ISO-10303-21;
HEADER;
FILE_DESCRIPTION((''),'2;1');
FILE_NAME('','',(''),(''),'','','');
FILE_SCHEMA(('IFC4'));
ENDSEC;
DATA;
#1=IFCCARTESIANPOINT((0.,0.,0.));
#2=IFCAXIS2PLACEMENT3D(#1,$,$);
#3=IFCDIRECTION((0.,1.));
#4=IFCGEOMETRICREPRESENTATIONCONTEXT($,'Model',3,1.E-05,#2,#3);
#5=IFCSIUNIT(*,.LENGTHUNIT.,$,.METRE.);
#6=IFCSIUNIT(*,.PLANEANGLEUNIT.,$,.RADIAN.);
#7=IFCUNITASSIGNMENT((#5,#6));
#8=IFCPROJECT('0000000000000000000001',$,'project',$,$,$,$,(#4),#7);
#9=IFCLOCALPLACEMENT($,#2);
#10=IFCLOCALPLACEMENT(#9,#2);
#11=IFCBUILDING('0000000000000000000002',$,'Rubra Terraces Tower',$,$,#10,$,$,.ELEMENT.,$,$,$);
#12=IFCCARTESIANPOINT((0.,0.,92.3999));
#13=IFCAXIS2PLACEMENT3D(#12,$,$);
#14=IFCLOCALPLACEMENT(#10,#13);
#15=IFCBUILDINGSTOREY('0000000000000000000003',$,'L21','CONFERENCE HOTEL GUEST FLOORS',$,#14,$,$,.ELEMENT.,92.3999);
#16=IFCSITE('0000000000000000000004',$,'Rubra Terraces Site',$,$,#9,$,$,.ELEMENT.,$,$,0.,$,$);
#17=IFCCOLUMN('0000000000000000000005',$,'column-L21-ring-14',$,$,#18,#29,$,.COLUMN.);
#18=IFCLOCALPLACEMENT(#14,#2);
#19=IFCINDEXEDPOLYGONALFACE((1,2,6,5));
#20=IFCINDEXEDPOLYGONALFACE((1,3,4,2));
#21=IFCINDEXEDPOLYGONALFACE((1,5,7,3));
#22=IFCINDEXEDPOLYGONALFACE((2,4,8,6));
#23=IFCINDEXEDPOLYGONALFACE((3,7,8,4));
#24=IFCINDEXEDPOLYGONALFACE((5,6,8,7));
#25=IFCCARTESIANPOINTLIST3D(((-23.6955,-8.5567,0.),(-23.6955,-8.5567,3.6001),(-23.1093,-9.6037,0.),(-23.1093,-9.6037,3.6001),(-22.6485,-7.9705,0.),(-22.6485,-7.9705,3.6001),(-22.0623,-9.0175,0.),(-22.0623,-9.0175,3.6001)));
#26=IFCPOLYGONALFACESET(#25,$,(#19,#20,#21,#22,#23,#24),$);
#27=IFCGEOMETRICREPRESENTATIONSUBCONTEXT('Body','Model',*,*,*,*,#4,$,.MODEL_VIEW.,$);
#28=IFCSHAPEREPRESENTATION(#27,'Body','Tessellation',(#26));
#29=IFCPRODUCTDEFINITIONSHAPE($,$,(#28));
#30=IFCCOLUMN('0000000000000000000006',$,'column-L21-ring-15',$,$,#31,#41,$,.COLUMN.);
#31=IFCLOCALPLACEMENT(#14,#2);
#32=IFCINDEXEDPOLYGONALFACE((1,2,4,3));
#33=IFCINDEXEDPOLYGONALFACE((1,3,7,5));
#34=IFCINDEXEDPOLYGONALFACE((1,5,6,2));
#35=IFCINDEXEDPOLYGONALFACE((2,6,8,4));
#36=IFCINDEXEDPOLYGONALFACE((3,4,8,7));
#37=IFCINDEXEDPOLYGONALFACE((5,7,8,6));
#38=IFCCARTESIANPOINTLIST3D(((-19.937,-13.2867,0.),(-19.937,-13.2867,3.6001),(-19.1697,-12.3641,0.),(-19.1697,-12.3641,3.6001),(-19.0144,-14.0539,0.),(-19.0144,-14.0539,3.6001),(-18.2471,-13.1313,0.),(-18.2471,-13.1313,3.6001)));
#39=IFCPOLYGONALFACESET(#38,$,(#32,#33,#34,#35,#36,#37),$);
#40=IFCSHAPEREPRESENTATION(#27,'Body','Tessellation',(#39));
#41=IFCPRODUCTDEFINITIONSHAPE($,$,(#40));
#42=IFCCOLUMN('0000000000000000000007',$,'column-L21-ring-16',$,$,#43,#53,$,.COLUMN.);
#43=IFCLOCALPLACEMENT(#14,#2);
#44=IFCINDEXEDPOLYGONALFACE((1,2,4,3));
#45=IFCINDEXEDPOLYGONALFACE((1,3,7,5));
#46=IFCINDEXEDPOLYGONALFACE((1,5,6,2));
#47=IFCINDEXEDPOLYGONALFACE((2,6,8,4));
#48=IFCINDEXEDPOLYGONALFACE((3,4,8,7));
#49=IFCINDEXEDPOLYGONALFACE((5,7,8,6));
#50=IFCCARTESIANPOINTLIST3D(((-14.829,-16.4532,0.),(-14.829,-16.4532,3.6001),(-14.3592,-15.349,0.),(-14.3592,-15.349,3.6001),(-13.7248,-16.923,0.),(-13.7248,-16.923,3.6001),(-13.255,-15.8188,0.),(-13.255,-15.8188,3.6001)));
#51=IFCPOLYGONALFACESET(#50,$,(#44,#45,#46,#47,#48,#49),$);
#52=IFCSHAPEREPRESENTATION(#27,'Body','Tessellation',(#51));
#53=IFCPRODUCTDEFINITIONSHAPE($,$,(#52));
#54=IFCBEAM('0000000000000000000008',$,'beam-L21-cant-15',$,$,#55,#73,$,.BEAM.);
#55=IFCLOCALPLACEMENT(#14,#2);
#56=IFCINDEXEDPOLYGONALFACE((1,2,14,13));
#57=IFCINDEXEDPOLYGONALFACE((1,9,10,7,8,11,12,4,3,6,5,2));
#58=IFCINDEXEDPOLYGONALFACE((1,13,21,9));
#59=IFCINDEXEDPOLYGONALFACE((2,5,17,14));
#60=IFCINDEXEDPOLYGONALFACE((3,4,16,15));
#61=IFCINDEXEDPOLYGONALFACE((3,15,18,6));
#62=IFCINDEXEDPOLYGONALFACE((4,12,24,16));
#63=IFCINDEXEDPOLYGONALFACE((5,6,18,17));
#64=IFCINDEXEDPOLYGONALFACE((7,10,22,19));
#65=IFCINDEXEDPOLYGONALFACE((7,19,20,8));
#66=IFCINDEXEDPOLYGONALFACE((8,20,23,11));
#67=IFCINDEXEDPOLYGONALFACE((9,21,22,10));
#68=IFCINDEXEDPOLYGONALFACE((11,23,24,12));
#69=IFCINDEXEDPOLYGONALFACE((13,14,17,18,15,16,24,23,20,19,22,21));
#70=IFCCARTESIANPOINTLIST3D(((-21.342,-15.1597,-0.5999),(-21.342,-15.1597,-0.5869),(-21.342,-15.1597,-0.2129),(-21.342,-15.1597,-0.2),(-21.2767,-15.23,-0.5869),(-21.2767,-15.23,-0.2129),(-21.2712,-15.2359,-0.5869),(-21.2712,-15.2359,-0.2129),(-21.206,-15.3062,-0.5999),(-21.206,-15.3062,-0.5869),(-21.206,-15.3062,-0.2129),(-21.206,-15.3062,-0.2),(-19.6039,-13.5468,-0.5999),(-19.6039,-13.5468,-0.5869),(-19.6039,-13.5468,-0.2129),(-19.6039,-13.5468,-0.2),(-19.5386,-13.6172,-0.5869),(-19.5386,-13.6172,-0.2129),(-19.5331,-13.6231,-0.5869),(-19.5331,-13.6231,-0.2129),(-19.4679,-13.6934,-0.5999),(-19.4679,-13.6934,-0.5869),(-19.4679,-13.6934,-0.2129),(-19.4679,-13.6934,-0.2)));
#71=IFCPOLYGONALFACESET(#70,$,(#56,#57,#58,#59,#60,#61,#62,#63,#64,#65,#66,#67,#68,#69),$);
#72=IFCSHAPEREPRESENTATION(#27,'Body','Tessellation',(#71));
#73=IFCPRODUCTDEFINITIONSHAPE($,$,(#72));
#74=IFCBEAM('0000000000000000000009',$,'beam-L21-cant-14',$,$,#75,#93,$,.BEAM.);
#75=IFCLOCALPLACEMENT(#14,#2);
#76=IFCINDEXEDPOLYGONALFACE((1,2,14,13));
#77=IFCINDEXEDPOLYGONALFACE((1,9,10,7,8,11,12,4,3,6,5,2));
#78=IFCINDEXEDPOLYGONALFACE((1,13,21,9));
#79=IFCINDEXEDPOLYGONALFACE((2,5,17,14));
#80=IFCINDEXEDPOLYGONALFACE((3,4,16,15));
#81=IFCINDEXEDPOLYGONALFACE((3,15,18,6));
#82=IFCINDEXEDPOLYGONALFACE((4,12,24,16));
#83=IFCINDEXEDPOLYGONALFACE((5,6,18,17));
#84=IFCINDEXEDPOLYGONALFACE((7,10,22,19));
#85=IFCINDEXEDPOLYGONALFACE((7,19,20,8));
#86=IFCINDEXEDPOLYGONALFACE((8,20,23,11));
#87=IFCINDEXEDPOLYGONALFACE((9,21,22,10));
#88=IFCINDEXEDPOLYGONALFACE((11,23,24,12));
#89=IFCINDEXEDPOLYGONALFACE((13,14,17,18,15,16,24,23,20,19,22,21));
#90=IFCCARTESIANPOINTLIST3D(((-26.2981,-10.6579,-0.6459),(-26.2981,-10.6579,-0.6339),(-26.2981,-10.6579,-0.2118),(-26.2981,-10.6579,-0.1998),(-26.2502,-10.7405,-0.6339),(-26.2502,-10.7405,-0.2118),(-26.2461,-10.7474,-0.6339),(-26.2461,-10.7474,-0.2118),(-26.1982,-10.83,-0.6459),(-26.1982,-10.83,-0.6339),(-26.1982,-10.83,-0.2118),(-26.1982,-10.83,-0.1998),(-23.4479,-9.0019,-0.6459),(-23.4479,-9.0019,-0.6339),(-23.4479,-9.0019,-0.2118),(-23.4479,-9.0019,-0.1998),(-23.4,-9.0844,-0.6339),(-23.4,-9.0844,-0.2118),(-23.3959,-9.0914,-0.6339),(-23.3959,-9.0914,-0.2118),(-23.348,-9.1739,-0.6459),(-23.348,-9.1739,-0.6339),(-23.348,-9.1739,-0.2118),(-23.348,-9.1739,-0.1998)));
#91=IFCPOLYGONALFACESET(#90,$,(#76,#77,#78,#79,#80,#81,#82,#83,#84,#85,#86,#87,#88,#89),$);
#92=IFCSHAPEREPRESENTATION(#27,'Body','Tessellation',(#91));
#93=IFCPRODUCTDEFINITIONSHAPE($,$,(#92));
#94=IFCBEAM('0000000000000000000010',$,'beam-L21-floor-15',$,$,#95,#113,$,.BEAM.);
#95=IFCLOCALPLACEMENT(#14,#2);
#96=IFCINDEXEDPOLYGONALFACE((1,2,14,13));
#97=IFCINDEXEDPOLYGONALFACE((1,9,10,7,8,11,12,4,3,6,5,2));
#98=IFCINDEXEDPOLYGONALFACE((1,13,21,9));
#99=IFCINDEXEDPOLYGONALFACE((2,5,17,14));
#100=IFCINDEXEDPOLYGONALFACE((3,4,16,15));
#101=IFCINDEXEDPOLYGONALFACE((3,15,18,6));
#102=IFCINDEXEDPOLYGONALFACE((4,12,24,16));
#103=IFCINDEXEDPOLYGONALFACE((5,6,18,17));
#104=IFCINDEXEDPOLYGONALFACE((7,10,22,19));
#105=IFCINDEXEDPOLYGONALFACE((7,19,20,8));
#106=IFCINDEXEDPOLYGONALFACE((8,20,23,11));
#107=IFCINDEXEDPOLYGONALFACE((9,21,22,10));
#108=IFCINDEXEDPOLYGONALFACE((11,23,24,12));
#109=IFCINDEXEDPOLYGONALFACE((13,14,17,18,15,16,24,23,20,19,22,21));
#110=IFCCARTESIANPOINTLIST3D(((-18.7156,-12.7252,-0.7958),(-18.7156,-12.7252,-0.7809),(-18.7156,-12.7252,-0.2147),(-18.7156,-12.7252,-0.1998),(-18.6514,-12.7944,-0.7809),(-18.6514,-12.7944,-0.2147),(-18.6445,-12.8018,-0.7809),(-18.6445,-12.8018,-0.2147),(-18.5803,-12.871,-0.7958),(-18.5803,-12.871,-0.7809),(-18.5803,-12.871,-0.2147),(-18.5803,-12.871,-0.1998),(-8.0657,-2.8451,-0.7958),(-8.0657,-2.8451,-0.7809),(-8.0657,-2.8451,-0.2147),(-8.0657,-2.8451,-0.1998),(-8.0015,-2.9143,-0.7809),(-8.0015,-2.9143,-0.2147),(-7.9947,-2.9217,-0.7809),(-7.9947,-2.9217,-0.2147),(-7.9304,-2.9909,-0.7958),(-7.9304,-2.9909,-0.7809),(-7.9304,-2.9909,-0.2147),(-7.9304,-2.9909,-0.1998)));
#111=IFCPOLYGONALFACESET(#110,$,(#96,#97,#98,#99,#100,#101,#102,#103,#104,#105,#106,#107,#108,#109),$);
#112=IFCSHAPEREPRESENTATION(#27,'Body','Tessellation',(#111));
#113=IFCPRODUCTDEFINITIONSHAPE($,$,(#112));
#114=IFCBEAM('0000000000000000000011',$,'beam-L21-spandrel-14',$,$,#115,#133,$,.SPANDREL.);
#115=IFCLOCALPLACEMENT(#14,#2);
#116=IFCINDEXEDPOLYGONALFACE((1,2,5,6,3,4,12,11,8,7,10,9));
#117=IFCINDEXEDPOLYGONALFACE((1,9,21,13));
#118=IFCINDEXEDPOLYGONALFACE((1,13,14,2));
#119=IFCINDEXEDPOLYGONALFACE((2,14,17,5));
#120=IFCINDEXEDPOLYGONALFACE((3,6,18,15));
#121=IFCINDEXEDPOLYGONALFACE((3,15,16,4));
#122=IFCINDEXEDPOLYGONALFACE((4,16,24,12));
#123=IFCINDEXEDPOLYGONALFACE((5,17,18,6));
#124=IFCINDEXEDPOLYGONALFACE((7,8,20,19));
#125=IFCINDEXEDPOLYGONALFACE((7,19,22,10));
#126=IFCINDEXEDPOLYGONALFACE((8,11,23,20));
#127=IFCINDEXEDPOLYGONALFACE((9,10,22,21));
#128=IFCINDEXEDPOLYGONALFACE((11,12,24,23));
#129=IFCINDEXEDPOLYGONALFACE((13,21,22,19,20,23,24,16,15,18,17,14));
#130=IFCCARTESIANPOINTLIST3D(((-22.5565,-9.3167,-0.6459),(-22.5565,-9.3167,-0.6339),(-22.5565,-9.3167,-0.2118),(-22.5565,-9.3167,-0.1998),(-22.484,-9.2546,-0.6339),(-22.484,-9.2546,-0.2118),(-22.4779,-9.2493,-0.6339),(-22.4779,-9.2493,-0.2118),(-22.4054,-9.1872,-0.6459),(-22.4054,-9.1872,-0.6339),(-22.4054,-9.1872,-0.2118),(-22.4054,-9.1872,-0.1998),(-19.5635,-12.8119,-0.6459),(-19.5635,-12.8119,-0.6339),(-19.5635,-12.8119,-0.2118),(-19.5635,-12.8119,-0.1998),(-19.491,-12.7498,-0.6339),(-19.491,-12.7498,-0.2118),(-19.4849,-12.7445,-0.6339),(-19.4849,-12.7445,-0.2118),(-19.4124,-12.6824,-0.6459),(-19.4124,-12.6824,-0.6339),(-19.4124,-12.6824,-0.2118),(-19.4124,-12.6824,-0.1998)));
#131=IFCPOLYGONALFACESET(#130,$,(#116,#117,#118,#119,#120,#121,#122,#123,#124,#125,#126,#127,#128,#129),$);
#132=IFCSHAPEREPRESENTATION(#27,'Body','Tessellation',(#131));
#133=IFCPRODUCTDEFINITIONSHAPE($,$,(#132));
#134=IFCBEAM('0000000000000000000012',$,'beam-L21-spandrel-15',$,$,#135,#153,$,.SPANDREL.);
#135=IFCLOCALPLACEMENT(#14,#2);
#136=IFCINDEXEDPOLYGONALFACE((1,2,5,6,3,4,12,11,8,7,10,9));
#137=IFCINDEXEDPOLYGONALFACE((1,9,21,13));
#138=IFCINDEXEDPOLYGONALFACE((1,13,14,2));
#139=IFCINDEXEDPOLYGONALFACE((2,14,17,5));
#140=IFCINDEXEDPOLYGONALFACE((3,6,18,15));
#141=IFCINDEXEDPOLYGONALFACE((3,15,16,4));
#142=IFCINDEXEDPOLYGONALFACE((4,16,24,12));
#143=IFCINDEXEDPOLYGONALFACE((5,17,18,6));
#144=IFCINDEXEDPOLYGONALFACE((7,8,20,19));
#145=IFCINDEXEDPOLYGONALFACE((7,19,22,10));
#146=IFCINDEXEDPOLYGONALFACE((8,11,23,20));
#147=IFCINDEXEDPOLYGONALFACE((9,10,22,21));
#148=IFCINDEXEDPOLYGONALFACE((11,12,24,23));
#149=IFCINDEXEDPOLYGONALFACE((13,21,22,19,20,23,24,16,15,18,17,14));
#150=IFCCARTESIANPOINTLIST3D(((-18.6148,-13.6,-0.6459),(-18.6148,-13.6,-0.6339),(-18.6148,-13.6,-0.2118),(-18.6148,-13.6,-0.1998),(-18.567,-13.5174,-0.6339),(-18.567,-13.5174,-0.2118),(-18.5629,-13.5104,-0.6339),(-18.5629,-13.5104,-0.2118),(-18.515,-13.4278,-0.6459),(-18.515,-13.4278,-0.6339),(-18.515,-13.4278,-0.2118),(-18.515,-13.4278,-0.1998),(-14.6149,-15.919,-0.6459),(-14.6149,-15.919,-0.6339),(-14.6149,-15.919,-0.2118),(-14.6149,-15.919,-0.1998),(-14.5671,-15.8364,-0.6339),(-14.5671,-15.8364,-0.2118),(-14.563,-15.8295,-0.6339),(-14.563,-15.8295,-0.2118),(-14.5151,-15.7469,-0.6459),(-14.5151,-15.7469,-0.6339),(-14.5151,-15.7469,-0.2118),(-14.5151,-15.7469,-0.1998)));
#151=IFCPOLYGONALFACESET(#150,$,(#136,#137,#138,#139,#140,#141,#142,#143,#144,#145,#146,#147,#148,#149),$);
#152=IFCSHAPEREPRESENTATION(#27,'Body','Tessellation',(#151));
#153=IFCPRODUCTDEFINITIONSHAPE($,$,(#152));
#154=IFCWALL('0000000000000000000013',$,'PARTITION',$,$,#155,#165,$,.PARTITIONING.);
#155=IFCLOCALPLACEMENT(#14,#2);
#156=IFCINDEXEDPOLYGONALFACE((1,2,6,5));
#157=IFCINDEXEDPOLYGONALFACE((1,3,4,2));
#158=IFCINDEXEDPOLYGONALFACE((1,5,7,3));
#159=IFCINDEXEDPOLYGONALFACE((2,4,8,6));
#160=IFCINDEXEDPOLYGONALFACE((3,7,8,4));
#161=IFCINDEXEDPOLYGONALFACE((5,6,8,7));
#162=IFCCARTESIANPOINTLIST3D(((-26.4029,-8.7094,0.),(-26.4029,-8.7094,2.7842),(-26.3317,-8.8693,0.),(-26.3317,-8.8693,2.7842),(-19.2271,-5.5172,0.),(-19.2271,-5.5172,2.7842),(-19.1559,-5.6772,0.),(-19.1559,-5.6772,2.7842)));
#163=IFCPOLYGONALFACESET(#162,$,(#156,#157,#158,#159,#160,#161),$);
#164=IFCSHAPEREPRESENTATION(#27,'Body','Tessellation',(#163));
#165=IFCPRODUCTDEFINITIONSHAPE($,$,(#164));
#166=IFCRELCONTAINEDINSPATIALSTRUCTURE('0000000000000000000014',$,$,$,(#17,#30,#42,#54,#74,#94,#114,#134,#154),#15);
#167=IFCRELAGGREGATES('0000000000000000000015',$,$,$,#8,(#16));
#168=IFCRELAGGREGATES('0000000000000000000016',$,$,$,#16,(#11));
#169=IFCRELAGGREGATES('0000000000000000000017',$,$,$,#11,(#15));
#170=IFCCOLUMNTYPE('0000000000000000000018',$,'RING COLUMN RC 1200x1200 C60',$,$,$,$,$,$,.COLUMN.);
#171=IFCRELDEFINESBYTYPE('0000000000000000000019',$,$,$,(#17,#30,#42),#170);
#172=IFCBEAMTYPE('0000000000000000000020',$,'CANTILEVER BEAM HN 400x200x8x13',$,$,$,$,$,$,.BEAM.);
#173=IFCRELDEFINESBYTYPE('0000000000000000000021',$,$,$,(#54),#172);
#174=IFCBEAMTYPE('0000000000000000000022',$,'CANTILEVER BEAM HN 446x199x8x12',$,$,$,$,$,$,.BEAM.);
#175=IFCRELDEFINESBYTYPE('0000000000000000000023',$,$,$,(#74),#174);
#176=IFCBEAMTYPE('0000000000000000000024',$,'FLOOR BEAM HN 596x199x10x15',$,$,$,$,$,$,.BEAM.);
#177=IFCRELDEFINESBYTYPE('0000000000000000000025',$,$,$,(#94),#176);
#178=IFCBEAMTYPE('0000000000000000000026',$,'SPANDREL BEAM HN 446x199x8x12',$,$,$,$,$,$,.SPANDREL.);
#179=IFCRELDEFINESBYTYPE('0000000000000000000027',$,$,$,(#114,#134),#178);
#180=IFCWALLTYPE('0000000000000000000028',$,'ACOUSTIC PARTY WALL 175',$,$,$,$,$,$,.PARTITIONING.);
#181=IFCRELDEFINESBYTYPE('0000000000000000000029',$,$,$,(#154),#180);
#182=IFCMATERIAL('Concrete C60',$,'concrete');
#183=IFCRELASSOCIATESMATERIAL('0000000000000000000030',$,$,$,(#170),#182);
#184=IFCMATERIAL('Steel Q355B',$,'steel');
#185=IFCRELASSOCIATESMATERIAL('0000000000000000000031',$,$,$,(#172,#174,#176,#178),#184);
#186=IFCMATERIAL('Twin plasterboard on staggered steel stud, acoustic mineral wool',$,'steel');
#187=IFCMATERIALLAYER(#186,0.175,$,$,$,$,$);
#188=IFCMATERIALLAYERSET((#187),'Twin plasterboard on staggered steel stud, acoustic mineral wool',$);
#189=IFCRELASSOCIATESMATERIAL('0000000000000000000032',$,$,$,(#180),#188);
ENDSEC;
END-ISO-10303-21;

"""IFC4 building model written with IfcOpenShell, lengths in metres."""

from ifc_helpers import new_model, si_unit, direction, frame, frame_2d, origin, origin_2d, place, context, subcontext, project, spatial, rectangle, i_section, extrude, material, layer, layer_set, material_profile, profile_set, type_object, element, save


model = new_model("IFC4")

# Units and contexts
model_context = context("Model", 3, precision=1e-05, world=origin(), true_north=direction((0.0, 1.0)))
body_context = subcontext(model_context, "Body", "Model", "MODEL_VIEW")
ifc_project = project(units=[si_unit("LENGTHUNIT", "METRE"), si_unit("PLANEANGLEUNIT", "RADIAN")], contexts=[model_context])

# Site, building, storey
site_placement = place(None, origin())
site = spatial("IfcSite", under=ifc_project, at=site_placement, Name="Rubra Terraces Site", CompositionType="ELEMENT", RefElevation=0.0)
building_placement = place(site_placement, origin())
building = spatial("IfcBuilding", under=site, at=building_placement, Name="Rubra Terraces Tower", CompositionType="ELEMENT")
storey_placement = place(building_placement, frame((0.0, 0.0, 92.3999)))
storey = spatial("IfcBuildingStorey", under=building, at=storey_placement, Name="L21", Description="CONFERENCE HOTEL GUEST FLOORS", CompositionType="ELEMENT", Elevation=92.3999)

# Columns
ifc_material_1 = material(Name="Concrete C60", Category="concrete")
ifc_material_profile_1 = material_profile(ifc_material_1, rectangle(XDim=1.2, YDim=1.2, at=origin_2d()), Name="RC 1200x1200")
ifc_profile_set_1 = profile_set([ifc_material_profile_1], Name="Concrete C60")
column_type = type_object("IfcColumnType", Name="RING COLUMN RC 1200x1200 C60", PredefinedType="COLUMN", material=ifc_profile_set_1)
for number, where, z_axis, x_axis, name in (
    (1, (-22.8789, -8.7871, 0.0), (0.0, 0.0, 1.0), (0.488526, -0.872549, 0.0), "column-L21-ring-14"),
    (2, (-19.092, -13.209, 0.0), (0.0, 0.0, 1.0), (0.76887, -0.639405, 0.0), "column-L21-ring-15"),
    (3, (-14.042, -16.136, 0.0), (0.0, 0.0, 1.0), (0.920168, -0.391524, 0.0), "column-L21-ring-16"),
):
    element("IfcColumn", number, at=place(storey_placement, frame(where, z_axis=z_axis, x_axis=x_axis)), inside=storey, type_object=column_type, Name=name, PredefinedType="COLUMN", context=body_context, shape_type="SweptSolid", body=[
        extrude(rectangle(XDim=1.2, YDim=1.2, at=origin_2d()), origin(), (0.0, 0.0, 1.0), 3.6001),
    ])

# Beams
ifc_material_2 = material(Name="Steel Q355B", Category="steel")
ifc_material_profile_2 = material_profile(ifc_material_2, i_section(OverallWidth=0.2, OverallDepth=0.3999, WebThickness=0.0081, FlangeThickness=0.0129, at=origin_2d()), Name="HN 400x200x8x13")
ifc_profile_set_2 = profile_set([ifc_material_profile_2], Name="Steel Q355B")
beam_type_1 = type_object("IfcBeamType", Name="CANTILEVER BEAM HN 400x200x8x13", PredefinedType="BEAM", material=ifc_profile_set_2)
beam_1_placement = place(storey_placement, frame((-19.5359, -13.6201, -0.3999), z_axis=(-0.733024, -0.680202, 0.0), x_axis=(0.680202, -0.733024, 0.0)))
element("IfcBeam", 4, at=beam_1_placement, inside=storey, type_object=beam_type_1, Name="beam-L21-cant-15", PredefinedType="BEAM", context=body_context, shape_type="SweptSolid", body=[
    extrude(i_section(OverallWidth=0.2, OverallDepth=0.3999, WebThickness=0.0081, FlangeThickness=0.0129, at=origin_2d()), origin(), (0.0, 0.0, 1.0), 2.3711),
])
ifc_material_profile_3 = material_profile(ifc_material_2, i_section(OverallWidth=0.199, OverallDepth=0.446, WebThickness=0.0081, FlangeThickness=0.012, at=origin_2d()), Name="HN 446x199x8x12")
ifc_profile_set_3 = profile_set([ifc_material_profile_3], Name="Steel Q355B")
beam_type_2 = type_object("IfcBeamType", Name="CANTILEVER BEAM HN 446x199x8x12", PredefinedType="BEAM", material=ifc_profile_set_3)
beam_2_placement = place(storey_placement, frame((-23.3979, -9.0879, -0.4229), z_axis=(-0.864643, -0.502387, 0.0), x_axis=(0.502387, -0.864643, 0.0)))
element("IfcBeam", 5, at=beam_2_placement, inside=storey, type_object=beam_type_2, Name="beam-L21-cant-14", PredefinedType="BEAM", context=body_context, shape_type="SweptSolid", body=[
    extrude(i_section(OverallWidth=0.199, OverallDepth=0.446, WebThickness=0.0081, FlangeThickness=0.012, at=origin_2d()), origin(), (0.0, 0.0, 1.0), 3.2964),
])
ifc_material_profile_4 = material_profile(ifc_material_2, i_section(OverallWidth=0.199, OverallDepth=0.5959, WebThickness=0.01, FlangeThickness=0.0149, at=origin_2d()), Name="HN 596x199x10x15")
ifc_profile_set_4 = profile_set([ifc_material_profile_4], Name="Steel Q355B")
beam_type_3 = type_object("IfcBeamType", Name="FLOOR BEAM HN 596x199x10x15", PredefinedType="BEAM", material=ifc_profile_set_4)
beam_3_placement = place(storey_placement, frame((-18.6479, -12.7981, -0.4978), z_axis=(0.733105, 0.680116, 0.0), x_axis=(-0.680116, 0.733105, 0.0)))
element("IfcBeam", 6, at=beam_3_placement, inside=storey, type_object=beam_type_3, Name="beam-L21-floor-15", PredefinedType="BEAM", context=body_context, shape_type="SweptSolid", body=[
    extrude(i_section(OverallWidth=0.199, OverallDepth=0.5959, WebThickness=0.01, FlangeThickness=0.0149, at=origin_2d()), origin(), (0.0, 0.0, 1.0), 14.5271),
])
ifc_material_profile_5 = material_profile(ifc_material_2, i_section(OverallWidth=0.199, OverallDepth=0.446, WebThickness=0.0081, FlangeThickness=0.012, at=origin_2d()), Name="HN 446x199x8x12")
ifc_profile_set_5 = profile_set([ifc_material_profile_5], Name="Steel Q355B")
beam_type_4 = type_object("IfcBeamType", Name="SPANDREL BEAM HN 446x199x8x12", PredefinedType="SPANDREL", material=ifc_profile_set_5)
beam_4_placement = place(storey_placement, frame((-22.481, -9.252, -0.4229), z_axis=(0.650429, -0.759567, 0.0), x_axis=(0.759567, 0.650429, 0.0)))
element("IfcBeam", 7, at=beam_4_placement, inside=storey, type_object=beam_type_4, Name="beam-L21-spandrel-14", PredefinedType="SPANDREL", context=body_context, shape_type="SweptSolid", body=[
    extrude(i_section(OverallWidth=0.199, OverallDepth=0.446, WebThickness=0.0081, FlangeThickness=0.012, at=origin_2d()), origin(), (0.0, 0.0, 1.0), 4.6016),
])
beam_5_placement = place(storey_placement, frame((-18.5649, -13.5139, -0.4229), z_axis=(0.865116, -0.501571, 0.0), x_axis=(0.501571, 0.865116, 0.0)))
element("IfcBeam", 8, at=beam_5_placement, inside=storey, type_object=beam_type_4, Name="beam-L21-spandrel-15", PredefinedType="SPANDREL", context=body_context, shape_type="SweptSolid", body=[
    extrude(i_section(OverallWidth=0.199, OverallDepth=0.446, WebThickness=0.0081, FlangeThickness=0.012, at=origin_2d()), origin(), (0.0, 0.0, 1.0), 4.6235),
])

# Wall
ifc_material_3 = material(Name="Twin plasterboard on staggered steel stud, acoustic mineral wool", Category="steel")
ifc_layer_1 = layer(ifc_material_3, 0.175)
ifc_layer_set_1 = layer_set([ifc_layer_1], Name="Twin plasterboard on staggered steel stud, acoustic mineral wool")
wall_type_1 = type_object("IfcWallType", Name="ACOUSTIC PARTY WALL 175", PredefinedType="PARTITIONING", material=ifc_layer_set_1)
wall_1_placement = place(storey_placement, frame((-26.3672, -8.7893, 0.0), z_axis=(0.0, 0.0, 1.0), x_axis=(0.913674, 0.406447, 0.0)))
element("IfcWall", 9, at=wall_1_placement, inside=storey, type_object=wall_type_1, Name="PARTITION", PredefinedType="PARTITIONING", context=body_context, shape_type="SweptSolid", body=[
    extrude(rectangle(XDim=7.8538, YDim=0.175, at=frame_2d((3.9268, 0.0))), origin(), (0.0, 0.0, 1.0), 2.7842),
])

save(model, "model.ifc")
